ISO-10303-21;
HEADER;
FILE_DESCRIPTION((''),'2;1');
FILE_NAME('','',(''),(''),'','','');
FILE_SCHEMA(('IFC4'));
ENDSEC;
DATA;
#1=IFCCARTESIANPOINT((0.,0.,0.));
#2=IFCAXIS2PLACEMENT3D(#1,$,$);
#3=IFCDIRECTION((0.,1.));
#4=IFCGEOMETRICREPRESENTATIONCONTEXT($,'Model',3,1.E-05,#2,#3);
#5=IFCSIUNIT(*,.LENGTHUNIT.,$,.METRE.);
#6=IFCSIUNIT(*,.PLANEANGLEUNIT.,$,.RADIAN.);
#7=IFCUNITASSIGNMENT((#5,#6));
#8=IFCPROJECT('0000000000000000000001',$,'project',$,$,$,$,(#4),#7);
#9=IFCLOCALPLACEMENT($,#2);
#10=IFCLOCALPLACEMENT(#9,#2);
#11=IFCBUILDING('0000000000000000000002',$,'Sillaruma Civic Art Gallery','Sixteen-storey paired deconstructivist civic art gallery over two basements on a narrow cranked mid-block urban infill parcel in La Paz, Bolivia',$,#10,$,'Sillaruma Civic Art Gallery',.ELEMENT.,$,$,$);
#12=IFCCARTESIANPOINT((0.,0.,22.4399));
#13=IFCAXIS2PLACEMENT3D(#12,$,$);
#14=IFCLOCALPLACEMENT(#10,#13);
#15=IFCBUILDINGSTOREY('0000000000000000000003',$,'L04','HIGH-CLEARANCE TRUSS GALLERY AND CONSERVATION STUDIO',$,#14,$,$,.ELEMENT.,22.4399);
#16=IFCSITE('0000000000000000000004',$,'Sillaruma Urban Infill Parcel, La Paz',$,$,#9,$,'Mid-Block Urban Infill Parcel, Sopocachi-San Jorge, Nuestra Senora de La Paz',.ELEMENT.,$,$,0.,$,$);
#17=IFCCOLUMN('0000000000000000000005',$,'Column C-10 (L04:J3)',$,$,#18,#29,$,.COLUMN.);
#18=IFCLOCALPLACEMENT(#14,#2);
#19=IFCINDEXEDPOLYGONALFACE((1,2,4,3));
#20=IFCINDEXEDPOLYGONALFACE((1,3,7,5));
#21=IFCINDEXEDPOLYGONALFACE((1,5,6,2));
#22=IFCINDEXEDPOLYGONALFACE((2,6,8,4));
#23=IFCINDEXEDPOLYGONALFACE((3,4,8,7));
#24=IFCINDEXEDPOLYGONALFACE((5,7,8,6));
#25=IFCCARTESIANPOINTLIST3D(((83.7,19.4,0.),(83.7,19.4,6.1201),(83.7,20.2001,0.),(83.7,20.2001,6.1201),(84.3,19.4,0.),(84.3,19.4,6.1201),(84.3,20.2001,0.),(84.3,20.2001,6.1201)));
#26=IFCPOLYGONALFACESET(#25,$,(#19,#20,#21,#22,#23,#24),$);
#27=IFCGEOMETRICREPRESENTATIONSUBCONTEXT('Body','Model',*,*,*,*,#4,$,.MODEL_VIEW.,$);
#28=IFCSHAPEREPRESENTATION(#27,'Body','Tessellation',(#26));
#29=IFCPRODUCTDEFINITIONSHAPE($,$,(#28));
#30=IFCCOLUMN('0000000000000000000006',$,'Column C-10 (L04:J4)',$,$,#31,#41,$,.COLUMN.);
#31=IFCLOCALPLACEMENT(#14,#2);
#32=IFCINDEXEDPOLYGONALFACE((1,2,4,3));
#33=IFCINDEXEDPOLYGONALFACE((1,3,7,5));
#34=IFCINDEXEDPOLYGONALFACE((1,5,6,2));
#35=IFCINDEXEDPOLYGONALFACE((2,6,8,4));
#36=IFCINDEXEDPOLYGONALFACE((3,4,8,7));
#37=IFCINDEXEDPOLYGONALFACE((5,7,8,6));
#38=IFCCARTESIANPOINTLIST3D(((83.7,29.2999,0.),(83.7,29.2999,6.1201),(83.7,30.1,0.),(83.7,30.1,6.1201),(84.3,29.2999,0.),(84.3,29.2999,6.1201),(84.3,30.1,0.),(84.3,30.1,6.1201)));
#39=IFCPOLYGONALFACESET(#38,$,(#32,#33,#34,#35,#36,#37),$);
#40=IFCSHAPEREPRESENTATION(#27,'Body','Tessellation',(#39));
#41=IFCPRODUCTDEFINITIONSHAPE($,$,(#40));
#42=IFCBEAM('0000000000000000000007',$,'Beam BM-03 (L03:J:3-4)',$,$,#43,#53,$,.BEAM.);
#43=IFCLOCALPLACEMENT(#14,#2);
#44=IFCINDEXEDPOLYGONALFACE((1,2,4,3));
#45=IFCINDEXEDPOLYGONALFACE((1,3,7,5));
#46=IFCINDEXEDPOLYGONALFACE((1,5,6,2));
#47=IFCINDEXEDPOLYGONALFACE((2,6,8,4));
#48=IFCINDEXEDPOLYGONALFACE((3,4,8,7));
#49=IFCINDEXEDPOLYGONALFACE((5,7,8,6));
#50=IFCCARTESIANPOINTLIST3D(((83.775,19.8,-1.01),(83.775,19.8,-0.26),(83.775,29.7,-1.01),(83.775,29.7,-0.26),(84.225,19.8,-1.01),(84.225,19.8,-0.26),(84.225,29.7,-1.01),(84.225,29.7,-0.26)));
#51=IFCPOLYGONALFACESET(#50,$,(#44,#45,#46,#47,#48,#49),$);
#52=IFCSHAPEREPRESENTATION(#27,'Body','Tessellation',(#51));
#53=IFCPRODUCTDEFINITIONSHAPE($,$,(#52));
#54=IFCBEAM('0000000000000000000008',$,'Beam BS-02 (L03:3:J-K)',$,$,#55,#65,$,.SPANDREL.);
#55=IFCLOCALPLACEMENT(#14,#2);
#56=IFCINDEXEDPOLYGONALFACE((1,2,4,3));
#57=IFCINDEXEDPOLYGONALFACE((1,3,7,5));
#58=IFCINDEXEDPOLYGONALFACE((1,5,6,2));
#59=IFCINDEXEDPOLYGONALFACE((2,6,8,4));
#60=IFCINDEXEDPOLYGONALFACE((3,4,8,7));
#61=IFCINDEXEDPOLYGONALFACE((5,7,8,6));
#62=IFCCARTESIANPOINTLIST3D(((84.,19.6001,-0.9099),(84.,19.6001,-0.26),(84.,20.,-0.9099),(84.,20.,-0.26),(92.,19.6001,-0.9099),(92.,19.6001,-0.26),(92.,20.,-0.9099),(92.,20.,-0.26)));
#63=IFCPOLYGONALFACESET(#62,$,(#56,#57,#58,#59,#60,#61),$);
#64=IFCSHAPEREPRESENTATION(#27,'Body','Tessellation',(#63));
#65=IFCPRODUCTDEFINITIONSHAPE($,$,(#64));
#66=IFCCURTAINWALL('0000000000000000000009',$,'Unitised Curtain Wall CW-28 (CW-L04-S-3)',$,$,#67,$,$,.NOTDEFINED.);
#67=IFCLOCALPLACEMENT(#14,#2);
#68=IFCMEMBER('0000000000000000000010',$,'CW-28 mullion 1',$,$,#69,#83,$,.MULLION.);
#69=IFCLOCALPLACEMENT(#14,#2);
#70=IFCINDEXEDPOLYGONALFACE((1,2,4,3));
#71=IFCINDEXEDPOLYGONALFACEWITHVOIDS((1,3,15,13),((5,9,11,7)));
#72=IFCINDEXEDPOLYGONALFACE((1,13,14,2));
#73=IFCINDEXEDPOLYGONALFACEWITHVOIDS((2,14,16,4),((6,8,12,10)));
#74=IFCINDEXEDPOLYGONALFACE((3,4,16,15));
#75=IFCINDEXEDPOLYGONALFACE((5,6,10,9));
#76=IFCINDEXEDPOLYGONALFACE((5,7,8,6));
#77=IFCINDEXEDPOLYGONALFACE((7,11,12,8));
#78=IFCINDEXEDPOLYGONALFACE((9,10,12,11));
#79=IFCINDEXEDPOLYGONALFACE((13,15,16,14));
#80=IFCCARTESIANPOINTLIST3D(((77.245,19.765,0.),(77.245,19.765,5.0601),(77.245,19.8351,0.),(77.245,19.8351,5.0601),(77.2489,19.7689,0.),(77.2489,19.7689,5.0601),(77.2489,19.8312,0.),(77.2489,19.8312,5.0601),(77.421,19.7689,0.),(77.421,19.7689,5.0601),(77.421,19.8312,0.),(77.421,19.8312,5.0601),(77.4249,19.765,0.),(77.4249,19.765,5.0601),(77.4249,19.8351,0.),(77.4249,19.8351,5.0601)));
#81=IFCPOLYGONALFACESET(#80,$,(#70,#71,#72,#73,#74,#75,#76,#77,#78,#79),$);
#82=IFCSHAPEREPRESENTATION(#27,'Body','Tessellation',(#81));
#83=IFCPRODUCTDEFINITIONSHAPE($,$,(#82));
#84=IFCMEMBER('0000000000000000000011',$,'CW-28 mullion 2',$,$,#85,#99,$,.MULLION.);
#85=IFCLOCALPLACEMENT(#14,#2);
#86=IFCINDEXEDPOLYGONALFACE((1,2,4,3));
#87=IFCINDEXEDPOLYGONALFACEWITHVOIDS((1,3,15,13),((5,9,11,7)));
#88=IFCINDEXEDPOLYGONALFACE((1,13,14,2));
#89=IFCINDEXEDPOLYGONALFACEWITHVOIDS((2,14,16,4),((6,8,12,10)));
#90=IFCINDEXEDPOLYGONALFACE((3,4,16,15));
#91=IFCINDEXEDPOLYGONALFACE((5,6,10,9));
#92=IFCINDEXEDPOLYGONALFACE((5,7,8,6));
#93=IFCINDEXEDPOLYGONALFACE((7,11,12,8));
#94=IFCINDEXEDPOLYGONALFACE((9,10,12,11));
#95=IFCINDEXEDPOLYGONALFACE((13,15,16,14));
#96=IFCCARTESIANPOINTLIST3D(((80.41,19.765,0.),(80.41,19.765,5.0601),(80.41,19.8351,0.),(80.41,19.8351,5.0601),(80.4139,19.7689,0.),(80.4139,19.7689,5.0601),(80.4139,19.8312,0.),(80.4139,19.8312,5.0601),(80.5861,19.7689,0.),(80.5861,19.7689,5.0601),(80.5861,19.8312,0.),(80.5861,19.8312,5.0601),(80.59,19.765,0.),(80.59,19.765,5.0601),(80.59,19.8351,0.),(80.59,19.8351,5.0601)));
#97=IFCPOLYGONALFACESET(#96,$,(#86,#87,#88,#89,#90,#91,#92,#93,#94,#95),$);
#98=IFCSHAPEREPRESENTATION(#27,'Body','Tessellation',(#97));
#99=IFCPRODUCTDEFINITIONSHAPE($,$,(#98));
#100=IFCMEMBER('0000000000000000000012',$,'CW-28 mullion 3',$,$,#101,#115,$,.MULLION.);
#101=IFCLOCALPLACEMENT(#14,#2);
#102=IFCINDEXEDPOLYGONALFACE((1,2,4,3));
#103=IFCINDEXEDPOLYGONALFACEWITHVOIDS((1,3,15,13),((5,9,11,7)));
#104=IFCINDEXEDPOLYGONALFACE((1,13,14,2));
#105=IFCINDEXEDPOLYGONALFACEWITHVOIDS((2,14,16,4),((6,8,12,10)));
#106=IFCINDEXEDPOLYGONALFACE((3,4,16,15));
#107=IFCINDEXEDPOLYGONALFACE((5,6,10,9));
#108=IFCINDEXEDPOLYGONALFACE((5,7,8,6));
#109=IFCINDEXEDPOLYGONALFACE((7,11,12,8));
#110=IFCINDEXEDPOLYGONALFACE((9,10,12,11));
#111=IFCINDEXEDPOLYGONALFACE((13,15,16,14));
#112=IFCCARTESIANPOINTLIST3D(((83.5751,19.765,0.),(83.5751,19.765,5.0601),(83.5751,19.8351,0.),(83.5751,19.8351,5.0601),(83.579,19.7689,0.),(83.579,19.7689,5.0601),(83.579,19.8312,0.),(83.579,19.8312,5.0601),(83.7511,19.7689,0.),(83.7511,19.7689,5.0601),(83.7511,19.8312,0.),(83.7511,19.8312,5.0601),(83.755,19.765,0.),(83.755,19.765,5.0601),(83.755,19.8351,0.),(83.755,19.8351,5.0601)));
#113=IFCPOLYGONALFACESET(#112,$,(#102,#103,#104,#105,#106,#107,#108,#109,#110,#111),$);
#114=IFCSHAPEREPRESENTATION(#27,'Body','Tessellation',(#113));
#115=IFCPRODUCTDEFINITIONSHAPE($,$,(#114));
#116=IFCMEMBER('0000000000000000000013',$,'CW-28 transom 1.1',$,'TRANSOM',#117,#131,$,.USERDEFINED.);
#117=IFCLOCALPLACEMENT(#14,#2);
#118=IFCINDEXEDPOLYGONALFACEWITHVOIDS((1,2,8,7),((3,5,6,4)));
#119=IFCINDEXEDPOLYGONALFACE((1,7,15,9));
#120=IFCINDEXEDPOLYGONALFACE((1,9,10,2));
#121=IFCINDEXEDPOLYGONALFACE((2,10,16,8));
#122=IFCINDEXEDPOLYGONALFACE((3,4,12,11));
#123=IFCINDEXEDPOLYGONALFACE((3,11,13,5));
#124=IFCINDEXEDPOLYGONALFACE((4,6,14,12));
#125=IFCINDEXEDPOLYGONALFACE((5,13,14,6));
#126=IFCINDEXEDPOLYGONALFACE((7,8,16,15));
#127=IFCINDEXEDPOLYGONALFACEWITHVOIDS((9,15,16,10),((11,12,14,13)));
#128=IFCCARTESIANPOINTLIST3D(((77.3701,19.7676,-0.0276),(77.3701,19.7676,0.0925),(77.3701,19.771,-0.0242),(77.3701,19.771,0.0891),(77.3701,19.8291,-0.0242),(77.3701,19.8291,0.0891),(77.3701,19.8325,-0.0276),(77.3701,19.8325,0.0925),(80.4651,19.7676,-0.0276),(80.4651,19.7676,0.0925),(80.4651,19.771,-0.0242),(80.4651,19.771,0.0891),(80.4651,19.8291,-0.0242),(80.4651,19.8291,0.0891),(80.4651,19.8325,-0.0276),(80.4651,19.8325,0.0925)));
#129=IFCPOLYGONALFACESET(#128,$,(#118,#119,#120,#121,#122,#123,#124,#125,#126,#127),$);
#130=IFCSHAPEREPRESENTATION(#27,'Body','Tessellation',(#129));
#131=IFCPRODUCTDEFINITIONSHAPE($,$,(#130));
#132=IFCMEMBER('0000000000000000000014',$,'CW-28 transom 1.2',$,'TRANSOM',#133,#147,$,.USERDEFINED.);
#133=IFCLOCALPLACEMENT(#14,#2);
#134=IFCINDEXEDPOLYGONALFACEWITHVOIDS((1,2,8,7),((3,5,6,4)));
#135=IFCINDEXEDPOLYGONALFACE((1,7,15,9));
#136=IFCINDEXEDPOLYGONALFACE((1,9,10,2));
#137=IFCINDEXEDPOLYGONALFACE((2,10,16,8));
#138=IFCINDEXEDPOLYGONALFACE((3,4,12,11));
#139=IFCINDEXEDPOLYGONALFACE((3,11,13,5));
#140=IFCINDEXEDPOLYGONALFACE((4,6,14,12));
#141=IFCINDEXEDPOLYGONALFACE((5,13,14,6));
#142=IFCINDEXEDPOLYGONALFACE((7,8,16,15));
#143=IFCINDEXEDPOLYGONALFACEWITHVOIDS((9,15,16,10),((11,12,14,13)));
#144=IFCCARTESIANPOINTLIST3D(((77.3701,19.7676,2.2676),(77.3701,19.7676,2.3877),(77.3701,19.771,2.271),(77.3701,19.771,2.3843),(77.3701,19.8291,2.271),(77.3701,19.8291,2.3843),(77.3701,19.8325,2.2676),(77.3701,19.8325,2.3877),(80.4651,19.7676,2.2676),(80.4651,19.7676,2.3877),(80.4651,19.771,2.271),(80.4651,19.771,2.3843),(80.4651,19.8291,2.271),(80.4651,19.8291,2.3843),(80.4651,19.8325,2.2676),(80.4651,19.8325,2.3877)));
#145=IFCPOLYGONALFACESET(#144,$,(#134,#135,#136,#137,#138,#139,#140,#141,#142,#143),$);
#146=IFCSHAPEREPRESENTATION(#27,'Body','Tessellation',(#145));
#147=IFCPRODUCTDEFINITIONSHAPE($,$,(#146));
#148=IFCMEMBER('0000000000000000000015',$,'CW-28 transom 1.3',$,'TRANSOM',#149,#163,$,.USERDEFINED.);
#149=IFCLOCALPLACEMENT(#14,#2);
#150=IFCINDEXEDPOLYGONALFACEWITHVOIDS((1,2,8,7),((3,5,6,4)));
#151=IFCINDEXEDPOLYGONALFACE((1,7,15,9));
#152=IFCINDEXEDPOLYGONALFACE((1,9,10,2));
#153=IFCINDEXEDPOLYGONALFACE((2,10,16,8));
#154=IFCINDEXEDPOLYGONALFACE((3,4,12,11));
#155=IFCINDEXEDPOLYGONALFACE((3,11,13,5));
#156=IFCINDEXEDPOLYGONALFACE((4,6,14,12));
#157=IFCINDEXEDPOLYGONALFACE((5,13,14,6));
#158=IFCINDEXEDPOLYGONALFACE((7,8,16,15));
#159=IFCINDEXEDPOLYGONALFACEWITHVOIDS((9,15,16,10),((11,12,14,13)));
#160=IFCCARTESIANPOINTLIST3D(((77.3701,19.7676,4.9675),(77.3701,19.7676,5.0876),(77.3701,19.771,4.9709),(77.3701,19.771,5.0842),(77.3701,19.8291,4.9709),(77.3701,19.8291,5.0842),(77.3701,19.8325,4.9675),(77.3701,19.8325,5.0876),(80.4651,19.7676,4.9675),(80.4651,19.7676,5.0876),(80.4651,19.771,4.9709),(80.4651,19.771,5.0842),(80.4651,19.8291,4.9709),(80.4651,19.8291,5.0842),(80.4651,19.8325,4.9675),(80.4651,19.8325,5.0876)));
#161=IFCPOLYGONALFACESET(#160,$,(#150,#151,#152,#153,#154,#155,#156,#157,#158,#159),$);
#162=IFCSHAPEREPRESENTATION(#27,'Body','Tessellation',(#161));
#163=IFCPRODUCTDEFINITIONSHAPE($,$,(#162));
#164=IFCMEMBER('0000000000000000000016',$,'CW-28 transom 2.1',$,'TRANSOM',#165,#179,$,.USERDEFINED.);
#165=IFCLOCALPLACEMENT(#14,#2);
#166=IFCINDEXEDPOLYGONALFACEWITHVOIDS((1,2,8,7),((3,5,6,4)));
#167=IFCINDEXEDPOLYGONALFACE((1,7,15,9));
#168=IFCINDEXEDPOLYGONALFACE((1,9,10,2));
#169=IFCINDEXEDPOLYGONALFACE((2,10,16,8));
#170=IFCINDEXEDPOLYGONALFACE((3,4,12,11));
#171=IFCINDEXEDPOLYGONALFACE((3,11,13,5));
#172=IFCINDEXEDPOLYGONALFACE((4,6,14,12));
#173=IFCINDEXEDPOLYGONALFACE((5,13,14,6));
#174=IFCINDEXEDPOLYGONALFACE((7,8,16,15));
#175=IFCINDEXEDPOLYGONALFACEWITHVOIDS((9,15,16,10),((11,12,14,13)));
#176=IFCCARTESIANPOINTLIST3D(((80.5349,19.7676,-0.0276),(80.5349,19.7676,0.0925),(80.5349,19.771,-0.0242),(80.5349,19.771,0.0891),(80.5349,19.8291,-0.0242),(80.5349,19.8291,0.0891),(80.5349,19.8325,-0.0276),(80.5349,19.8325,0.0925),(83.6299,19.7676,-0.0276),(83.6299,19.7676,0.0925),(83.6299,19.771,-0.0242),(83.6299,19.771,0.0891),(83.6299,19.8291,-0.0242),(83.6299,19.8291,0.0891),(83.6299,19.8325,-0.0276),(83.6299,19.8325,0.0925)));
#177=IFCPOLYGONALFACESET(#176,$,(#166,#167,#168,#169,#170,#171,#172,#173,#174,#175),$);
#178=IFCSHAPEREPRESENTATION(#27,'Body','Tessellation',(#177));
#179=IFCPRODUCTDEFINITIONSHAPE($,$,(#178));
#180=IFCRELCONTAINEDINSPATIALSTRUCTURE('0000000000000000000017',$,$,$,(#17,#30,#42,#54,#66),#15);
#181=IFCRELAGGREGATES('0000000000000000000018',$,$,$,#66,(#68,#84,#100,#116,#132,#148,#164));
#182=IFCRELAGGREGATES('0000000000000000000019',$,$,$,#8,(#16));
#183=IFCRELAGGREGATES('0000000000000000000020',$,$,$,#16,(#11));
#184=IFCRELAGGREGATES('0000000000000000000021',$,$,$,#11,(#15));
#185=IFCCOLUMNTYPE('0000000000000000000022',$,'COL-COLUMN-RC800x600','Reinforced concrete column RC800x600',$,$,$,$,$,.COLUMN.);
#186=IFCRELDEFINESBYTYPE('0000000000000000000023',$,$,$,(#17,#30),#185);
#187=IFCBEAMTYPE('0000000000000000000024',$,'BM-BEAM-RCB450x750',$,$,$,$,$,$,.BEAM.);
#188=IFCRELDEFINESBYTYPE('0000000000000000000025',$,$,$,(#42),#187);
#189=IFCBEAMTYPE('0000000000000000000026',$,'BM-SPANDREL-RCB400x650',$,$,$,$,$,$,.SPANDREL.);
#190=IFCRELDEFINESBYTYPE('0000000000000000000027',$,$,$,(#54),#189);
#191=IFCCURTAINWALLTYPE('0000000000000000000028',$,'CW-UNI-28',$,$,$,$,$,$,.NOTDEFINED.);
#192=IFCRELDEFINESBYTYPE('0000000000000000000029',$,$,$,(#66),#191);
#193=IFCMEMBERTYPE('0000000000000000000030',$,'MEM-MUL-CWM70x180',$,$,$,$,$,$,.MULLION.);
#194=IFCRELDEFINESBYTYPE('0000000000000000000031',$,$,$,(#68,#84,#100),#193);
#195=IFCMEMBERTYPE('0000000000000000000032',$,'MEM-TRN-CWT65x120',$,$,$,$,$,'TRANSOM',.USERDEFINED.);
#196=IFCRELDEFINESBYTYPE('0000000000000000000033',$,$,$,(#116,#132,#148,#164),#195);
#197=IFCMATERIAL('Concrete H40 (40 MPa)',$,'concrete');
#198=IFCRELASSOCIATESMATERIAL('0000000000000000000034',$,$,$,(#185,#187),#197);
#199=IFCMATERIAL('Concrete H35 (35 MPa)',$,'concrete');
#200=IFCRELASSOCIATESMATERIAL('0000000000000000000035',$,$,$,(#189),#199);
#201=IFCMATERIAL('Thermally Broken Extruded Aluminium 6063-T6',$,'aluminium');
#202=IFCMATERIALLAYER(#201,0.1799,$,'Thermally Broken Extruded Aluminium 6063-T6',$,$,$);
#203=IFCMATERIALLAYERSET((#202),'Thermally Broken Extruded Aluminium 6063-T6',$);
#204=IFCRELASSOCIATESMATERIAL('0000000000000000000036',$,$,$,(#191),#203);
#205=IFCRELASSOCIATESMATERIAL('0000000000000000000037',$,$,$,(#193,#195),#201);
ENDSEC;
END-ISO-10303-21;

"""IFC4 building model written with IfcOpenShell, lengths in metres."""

from ifc_helpers import new_model, si_unit, direction, frame, origin, origin_2d, place, context, subcontext, project, spatial, rectangle, hollow_rectangle, extrude, material, layer, layer_set, material_profile, profile_set, type_object, element, aggregate, save


model = new_model("IFC4")

# Units and contexts
model_context = context("Model", 3, precision=1e-05, world=origin(), true_north=direction((0.0, 1.0)))
body_context = subcontext(model_context, "Body", "Model", "MODEL_VIEW")
ifc_project = project(units=[si_unit("LENGTHUNIT", "METRE"), si_unit("PLANEANGLEUNIT", "RADIAN")], contexts=[model_context])

# Site, building, storey
site_placement = place(None, origin())
site = spatial("IfcSite", under=ifc_project, at=site_placement, Name="Sillaruma Urban Infill Parcel, La Paz", LongName="Mid-Block Urban Infill Parcel, Sopocachi-San Jorge, Nuestra Senora de La Paz", CompositionType="ELEMENT", RefElevation=0.0)
building_placement = place(site_placement, origin())
building = spatial("IfcBuilding", under=site, at=building_placement, Name="Sillaruma Civic Art Gallery", Description="Sixteen-storey paired deconstructivist civic art gallery over two basements on a narrow cranked mid-block urban infill parcel in La Paz, Bolivia", LongName="Sillaruma Civic Art Gallery", CompositionType="ELEMENT")
storey_placement = place(building_placement, frame((0.0, 0.0, 22.4399)))
storey = spatial("IfcBuildingStorey", under=building, at=storey_placement, Name="L04", Description="HIGH-CLEARANCE TRUSS GALLERY AND CONSERVATION STUDIO", CompositionType="ELEMENT", Elevation=22.4399)

# Columns
ifc_material_1 = material(Name="Concrete H40 (40 MPa)", Category="concrete")
ifc_material_profile_1 = material_profile(ifc_material_1, rectangle(XDim=0.6001, YDim=0.8, at=origin_2d()), Name="RC800x600")
ifc_profile_set_1 = profile_set([ifc_material_profile_1], Name="Concrete H40 (40 MPa)")
column_type = type_object("IfcColumnType", Name="COL-COLUMN-RC800x600", Description="Reinforced concrete column RC800x600", PredefinedType="COLUMN", material=ifc_profile_set_1)
for number, where, z_axis, x_axis, name in (
    (1, (84.0, 19.8, 0.0), (0.0, 0.0, 1.0), (1.0, 0.0, 0.0), "Column C-10 (L04:J3)"),
    (2, (84.0, 29.7, 0.0), (0.0, 0.0, 1.0), (1.0, 0.0, 0.0), "Column C-10 (L04:J4)"),
):
    element("IfcColumn", number, at=place(storey_placement, frame(where, z_axis=z_axis, x_axis=x_axis)), inside=storey, type_object=column_type, Name=name, PredefinedType="COLUMN", context=body_context, shape_type="SweptSolid", body=[
        extrude(rectangle(XDim=0.6001, YDim=0.8, at=origin_2d()), origin(), (0.0, 0.0, 1.0), 6.1201),
    ])

# Beams
ifc_material_profile_2 = material_profile(ifc_material_1, rectangle(XDim=0.45, YDim=0.75, at=origin_2d()), Name="RCB450x750")
ifc_profile_set_2 = profile_set([ifc_material_profile_2], Name="Concrete H40 (40 MPa)")
beam_type_1 = type_object("IfcBeamType", Name="BM-BEAM-RCB450x750", PredefinedType="BEAM", material=ifc_profile_set_2)
beam_1_placement = place(storey_placement, frame((84.0, 19.8, -0.635), z_axis=(0.0, 1.0, 0.0), x_axis=(-1.0, 0.0, 0.0)))
element("IfcBeam", 3, at=beam_1_placement, inside=storey, type_object=beam_type_1, Name="Beam BM-03 (L03:J:3-4)", PredefinedType="BEAM", context=body_context, shape_type="SweptSolid", body=[
    extrude(rectangle(XDim=0.45, YDim=0.75, at=origin_2d()), origin(), (0.0, 0.0, 1.0), 9.8999),
])
ifc_material_2 = material(Name="Concrete H35 (35 MPa)", Category="concrete")
ifc_material_profile_3 = material_profile(ifc_material_2, rectangle(XDim=0.3999, YDim=0.6499, at=origin_2d()), Name="RCB400x650")
ifc_profile_set_3 = profile_set([ifc_material_profile_3], Name="Concrete H35 (35 MPa)")
beam_type_2 = type_object("IfcBeamType", Name="BM-SPANDREL-RCB400x650", PredefinedType="SPANDREL", material=ifc_profile_set_3)
beam_2_placement = place(storey_placement, frame((84.0, 19.8, -0.585), z_axis=(1.0, 0.0, 0.0), x_axis=(0.0, 1.0, 0.0)))
element("IfcBeam", 4, at=beam_2_placement, inside=storey, type_object=beam_type_2, Name="Beam BS-02 (L03:3:J-K)", PredefinedType="SPANDREL", context=body_context, shape_type="SweptSolid", body=[
    extrude(rectangle(XDim=0.3999, YDim=0.6499, at=origin_2d()), origin(), (0.0, 0.0, 1.0), 8.0),
])

# Curtain wall, members
ifc_material_3 = material(Name="Thermally Broken Extruded Aluminium 6063-T6", Category="aluminium")
ifc_layer_1 = layer(ifc_material_3, 0.1799, Name="Thermally Broken Extruded Aluminium 6063-T6")
ifc_layer_set_1 = layer_set([ifc_layer_1], Name="Thermally Broken Extruded Aluminium 6063-T6")
curtain_wall_type = type_object("IfcCurtainWallType", Name="CW-UNI-28", PredefinedType="NOTDEFINED", material=ifc_layer_set_1)
curtain_wall_placement = place(storey_placement, origin())
curtain_wall = element("IfcCurtainWall", 5, at=curtain_wall_placement, inside=storey, type_object=curtain_wall_type, Name="Unitised Curtain Wall CW-28 (CW-L04-S-3)", PredefinedType="NOTDEFINED")
ifc_material_profile_4 = material_profile(ifc_material_3, hollow_rectangle(XDim=0.0701, YDim=0.1799, WallThickness=0.0039, at=origin_2d()), Name="CWM70x180")
ifc_profile_set_4 = profile_set([ifc_material_profile_4], Name="Thermally Broken Extruded Aluminium 6063-T6")
member_type_1 = type_object("IfcMemberType", Name="MEM-MUL-CWM70x180", PredefinedType="MULLION", material=ifc_profile_set_4)
member_1_placement = place(storey_placement, frame((77.335, 19.8, 0.0), z_axis=(0.0, 0.0, 1.0), x_axis=(0.0, 1.0, 0.0)))
member_1 = element("IfcMember", 6, at=member_1_placement, type_object=member_type_1, Name="CW-28 mullion 1", PredefinedType="MULLION", context=body_context, shape_type="SweptSolid", body=[
    extrude(hollow_rectangle(XDim=0.0701, YDim=0.1799, WallThickness=0.0039, at=origin_2d()), origin(), (0.0, 0.0, 1.0), 5.0601),
])
member_2_placement = place(storey_placement, frame((80.5, 19.8, 0.0), z_axis=(0.0, 0.0, 1.0), x_axis=(0.0, 1.0, 0.0)))
member_2 = element("IfcMember", 7, at=member_2_placement, type_object=member_type_1, Name="CW-28 mullion 2", PredefinedType="MULLION", context=body_context, shape_type="SweptSolid", body=[
    extrude(hollow_rectangle(XDim=0.0701, YDim=0.1799, WallThickness=0.0039, at=origin_2d()), origin(), (0.0, 0.0, 1.0), 5.0601),
])
member_3_placement = place(storey_placement, frame((83.665, 19.8, 0.0), z_axis=(0.0, 0.0, 1.0), x_axis=(0.0, 1.0, 0.0)))
member_3 = element("IfcMember", 8, at=member_3_placement, type_object=member_type_1, Name="CW-28 mullion 3", PredefinedType="MULLION", context=body_context, shape_type="SweptSolid", body=[
    extrude(hollow_rectangle(XDim=0.0701, YDim=0.1799, WallThickness=0.0039, at=origin_2d()), origin(), (0.0, 0.0, 1.0), 5.0601),
])
ifc_material_profile_5 = material_profile(ifc_material_3, hollow_rectangle(XDim=0.0649, YDim=0.1201, WallThickness=0.0034, at=origin_2d()), Name="CWT65x120")
ifc_profile_set_5 = profile_set([ifc_material_profile_5], Name="Thermally Broken Extruded Aluminium 6063-T6")
member_type_2 = type_object("IfcMemberType", Name="MEM-TRN-CWT65x120", ElementType="TRANSOM", PredefinedType="USERDEFINED", material=ifc_profile_set_5)
member_4_placement = place(storey_placement, frame((77.3701, 19.8, 0.0325), z_axis=(1.0, 0.0, 0.0), x_axis=(0.0, 1.0, 0.0)))
member_4 = element("IfcMember", 9, at=member_4_placement, type_object=member_type_2, Name="CW-28 transom 1.1", ObjectType="TRANSOM", PredefinedType="USERDEFINED", context=body_context, shape_type="SweptSolid", body=[
    extrude(hollow_rectangle(XDim=0.0649, YDim=0.1201, WallThickness=0.0034, at=origin_2d()), origin(), (0.0, 0.0, 1.0), 3.095),
])
member_5_placement = place(storey_placement, frame((77.3701, 19.8, 2.3276), z_axis=(1.0, 0.0, 0.0), x_axis=(0.0, 1.0, 0.0)))
member_5 = element("IfcMember", 10, at=member_5_placement, type_object=member_type_2, Name="CW-28 transom 1.2", ObjectType="TRANSOM", PredefinedType="USERDEFINED", context=body_context, shape_type="SweptSolid", body=[
    extrude(hollow_rectangle(XDim=0.0649, YDim=0.1201, WallThickness=0.0034, at=origin_2d()), origin(), (0.0, 0.0, 1.0), 3.095),
])
member_6_placement = place(storey_placement, frame((77.3701, 19.8, 5.0276), z_axis=(1.0, 0.0, 0.0), x_axis=(0.0, 1.0, 0.0)))
member_6 = element("IfcMember", 11, at=member_6_placement, type_object=member_type_2, Name="CW-28 transom 1.3", ObjectType="TRANSOM", PredefinedType="USERDEFINED", context=body_context, shape_type="SweptSolid", body=[
    extrude(hollow_rectangle(XDim=0.0649, YDim=0.1201, WallThickness=0.0034, at=origin_2d()), origin(), (0.0, 0.0, 1.0), 3.095),
])
member_7_placement = place(storey_placement, frame((80.5349, 19.8, 0.0325), z_axis=(1.0, 0.0, 0.0), x_axis=(0.0, 1.0, 0.0)))
member_7 = element("IfcMember", 12, at=member_7_placement, type_object=member_type_2, Name="CW-28 transom 2.1", ObjectType="TRANSOM", PredefinedType="USERDEFINED", context=body_context, shape_type="SweptSolid", body=[
    extrude(hollow_rectangle(XDim=0.0649, YDim=0.1201, WallThickness=0.0034, at=origin_2d()), origin(), (0.0, 0.0, 1.0), 3.095),
])
aggregate(curtain_wall, [member_1, member_2, member_3, member_4, member_5, member_6, member_7])

save(model, "model.ifc")
